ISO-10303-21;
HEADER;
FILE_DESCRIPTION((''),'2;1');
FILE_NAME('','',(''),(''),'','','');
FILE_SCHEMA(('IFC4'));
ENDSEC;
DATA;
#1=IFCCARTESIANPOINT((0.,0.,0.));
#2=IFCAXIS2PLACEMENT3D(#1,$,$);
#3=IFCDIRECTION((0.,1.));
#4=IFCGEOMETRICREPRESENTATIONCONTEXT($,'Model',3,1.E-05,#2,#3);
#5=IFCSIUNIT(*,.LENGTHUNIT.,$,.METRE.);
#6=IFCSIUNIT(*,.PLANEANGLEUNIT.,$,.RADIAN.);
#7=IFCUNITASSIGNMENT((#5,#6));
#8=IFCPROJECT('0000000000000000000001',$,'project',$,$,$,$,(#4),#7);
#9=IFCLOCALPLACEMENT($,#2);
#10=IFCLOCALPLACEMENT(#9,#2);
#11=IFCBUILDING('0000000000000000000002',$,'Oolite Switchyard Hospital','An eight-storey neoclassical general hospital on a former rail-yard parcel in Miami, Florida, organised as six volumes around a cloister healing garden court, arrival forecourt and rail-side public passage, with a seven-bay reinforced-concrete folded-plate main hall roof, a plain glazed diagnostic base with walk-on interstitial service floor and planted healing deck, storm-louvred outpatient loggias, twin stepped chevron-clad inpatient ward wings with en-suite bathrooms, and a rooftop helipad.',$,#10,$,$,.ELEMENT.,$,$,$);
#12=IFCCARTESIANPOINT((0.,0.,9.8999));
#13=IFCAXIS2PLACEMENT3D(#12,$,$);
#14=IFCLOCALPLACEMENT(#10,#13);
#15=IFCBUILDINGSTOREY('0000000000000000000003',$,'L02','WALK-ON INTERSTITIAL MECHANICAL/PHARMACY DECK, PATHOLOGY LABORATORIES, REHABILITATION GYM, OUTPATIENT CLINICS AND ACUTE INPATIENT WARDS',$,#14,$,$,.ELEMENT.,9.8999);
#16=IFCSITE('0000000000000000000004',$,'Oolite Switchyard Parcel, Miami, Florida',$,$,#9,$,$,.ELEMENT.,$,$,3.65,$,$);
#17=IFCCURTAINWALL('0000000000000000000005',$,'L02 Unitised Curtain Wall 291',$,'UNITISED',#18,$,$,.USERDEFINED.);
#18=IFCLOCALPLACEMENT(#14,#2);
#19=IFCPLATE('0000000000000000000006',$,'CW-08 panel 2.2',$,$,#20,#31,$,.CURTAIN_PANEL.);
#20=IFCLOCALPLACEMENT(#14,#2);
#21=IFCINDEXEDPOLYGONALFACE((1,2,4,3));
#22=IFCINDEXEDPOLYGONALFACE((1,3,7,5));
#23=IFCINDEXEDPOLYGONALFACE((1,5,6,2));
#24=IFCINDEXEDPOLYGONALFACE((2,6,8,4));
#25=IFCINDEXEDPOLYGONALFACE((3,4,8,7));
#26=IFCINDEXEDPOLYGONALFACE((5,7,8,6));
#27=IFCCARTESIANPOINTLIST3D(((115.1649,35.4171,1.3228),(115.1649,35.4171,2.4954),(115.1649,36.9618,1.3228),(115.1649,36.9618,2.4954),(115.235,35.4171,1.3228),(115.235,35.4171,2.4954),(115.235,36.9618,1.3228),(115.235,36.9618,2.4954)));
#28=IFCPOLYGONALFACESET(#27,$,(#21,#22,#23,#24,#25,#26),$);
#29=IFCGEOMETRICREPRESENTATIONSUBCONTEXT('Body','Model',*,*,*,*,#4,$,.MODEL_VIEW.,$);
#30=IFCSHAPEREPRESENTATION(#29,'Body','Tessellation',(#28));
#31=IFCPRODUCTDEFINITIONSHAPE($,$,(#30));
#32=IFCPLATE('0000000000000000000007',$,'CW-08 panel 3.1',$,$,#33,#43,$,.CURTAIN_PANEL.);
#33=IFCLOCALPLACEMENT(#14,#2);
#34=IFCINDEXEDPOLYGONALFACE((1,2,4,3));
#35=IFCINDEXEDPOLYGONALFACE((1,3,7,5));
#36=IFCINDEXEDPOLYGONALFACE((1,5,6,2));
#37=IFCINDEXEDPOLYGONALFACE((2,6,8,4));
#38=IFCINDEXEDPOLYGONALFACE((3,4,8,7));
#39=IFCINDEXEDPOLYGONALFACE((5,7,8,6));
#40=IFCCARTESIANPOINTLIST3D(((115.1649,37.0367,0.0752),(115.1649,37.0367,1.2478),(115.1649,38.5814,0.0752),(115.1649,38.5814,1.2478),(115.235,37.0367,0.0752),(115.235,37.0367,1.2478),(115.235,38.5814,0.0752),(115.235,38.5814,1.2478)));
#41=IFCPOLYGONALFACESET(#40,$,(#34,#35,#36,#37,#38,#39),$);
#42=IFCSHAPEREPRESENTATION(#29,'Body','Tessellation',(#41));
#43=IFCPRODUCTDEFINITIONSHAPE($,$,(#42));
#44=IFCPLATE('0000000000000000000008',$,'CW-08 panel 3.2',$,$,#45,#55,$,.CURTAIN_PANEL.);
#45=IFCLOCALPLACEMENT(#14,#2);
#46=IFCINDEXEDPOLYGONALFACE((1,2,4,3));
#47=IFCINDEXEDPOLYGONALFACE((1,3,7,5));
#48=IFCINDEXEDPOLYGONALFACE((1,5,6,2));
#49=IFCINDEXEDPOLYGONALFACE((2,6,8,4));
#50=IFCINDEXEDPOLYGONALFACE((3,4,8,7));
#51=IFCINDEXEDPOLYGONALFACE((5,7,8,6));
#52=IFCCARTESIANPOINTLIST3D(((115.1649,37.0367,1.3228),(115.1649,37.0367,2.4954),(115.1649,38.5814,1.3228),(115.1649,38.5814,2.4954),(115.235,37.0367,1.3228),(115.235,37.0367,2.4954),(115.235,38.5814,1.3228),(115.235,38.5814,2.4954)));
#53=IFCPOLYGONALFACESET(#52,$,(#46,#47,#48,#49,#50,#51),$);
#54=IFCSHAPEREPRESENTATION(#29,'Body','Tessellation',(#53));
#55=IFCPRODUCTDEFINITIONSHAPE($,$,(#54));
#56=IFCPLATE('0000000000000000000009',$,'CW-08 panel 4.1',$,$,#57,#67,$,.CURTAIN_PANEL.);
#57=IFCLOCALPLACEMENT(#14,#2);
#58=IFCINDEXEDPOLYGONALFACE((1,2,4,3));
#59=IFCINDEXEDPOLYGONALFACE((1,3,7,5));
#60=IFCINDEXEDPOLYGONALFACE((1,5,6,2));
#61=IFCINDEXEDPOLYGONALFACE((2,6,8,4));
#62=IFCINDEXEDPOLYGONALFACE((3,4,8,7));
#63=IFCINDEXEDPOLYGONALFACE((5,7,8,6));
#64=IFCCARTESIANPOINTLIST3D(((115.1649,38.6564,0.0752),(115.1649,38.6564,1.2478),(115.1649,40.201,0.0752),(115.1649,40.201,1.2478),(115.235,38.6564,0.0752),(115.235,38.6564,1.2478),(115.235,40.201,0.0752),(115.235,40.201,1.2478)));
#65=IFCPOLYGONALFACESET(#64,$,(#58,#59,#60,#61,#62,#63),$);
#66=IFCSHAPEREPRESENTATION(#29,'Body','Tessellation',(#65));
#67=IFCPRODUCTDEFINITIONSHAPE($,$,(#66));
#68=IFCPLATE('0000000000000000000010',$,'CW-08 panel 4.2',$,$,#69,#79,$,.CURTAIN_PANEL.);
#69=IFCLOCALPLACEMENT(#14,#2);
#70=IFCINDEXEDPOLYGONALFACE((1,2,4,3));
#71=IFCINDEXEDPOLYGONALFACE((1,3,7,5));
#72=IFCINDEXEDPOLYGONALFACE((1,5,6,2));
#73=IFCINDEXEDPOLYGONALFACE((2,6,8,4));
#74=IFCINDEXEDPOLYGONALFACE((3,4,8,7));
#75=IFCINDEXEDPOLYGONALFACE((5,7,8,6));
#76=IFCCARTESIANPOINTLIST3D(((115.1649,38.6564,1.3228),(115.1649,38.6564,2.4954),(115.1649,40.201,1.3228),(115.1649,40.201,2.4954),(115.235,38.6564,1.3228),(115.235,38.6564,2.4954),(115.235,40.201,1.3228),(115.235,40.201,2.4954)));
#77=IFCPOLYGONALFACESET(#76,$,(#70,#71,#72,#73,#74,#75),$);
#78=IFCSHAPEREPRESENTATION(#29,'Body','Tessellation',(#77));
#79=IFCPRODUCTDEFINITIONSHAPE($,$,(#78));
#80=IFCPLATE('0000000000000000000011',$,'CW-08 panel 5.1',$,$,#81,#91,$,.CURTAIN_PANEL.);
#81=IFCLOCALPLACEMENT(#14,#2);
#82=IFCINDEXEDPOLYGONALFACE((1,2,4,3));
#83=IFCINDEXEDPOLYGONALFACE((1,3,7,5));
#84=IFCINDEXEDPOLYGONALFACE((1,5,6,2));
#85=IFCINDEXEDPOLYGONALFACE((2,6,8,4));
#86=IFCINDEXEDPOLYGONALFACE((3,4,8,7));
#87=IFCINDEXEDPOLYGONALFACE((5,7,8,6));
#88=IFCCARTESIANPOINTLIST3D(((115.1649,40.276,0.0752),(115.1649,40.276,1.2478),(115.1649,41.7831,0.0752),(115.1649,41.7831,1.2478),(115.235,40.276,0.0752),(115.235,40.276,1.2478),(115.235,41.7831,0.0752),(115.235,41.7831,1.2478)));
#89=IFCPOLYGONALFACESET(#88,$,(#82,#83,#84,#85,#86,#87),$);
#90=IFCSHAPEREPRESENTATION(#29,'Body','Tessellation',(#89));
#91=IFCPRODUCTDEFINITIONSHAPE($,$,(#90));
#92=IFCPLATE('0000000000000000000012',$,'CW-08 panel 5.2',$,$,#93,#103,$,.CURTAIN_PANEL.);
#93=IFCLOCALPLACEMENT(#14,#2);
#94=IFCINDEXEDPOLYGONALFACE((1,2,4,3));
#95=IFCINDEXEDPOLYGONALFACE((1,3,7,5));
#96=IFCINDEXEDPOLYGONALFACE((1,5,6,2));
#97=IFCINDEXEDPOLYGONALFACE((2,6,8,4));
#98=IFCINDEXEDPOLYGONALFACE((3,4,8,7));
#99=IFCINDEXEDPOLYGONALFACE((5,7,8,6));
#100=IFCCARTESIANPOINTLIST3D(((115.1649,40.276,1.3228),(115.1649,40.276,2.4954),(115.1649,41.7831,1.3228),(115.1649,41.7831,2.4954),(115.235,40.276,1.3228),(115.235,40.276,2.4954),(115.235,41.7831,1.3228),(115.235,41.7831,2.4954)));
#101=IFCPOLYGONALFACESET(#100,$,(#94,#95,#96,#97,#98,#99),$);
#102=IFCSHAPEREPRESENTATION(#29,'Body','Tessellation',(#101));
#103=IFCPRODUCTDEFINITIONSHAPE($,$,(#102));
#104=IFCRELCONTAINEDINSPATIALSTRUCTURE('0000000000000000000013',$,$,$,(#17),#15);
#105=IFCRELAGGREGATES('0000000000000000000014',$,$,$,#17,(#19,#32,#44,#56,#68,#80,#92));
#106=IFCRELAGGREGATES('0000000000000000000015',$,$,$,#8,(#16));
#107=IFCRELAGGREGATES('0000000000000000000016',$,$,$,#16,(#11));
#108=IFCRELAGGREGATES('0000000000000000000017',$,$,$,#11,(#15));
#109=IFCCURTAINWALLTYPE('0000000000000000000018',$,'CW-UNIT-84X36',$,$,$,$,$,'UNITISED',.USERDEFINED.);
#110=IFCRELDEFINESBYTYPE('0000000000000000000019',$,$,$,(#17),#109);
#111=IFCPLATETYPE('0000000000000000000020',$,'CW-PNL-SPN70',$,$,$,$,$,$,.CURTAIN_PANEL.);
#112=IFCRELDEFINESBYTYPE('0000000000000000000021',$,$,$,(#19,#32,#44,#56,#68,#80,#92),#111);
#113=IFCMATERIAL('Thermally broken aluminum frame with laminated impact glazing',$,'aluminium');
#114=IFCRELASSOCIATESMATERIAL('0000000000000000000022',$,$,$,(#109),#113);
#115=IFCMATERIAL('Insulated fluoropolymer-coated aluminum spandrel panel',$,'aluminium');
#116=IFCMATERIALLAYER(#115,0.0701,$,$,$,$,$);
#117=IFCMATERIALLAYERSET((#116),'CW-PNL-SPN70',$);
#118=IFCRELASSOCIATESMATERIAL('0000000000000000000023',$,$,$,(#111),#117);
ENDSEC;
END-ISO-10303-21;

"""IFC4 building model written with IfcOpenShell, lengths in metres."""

from ifc_helpers import new_model, si_unit, direction, frame, origin, origin_2d, place, context, subcontext, project, spatial, rectangle, extrude, material, layer, layer_set, type_object, element, aggregate, save


model = new_model("IFC4")

# Units and contexts
model_context = context("Model", 3, precision=1e-05, world=origin(), true_north=direction((0.0, 1.0)))
body_context = subcontext(model_context, "Body", "Model", "MODEL_VIEW")
ifc_project = project(units=[si_unit("LENGTHUNIT", "METRE"), si_unit("PLANEANGLEUNIT", "RADIAN")], contexts=[model_context])

# Site, building, storey
site_placement = place(None, origin())
site = spatial("IfcSite", under=ifc_project, at=site_placement, Name="Oolite Switchyard Parcel, Miami, Florida", CompositionType="ELEMENT", RefElevation=3.65)
building_placement = place(site_placement, origin())
building = spatial("IfcBuilding", under=site, at=building_placement, Name="Oolite Switchyard Hospital", Description="An eight-storey neoclassical general hospital on a former rail-yard parcel in Miami, Florida, organised as six volumes around a cloister healing garden court, arrival forecourt and rail-side public passage, with a seven-bay reinforced-concrete folded-plate main hall roof, a plain glazed diagnostic base with walk-on interstitial service floor and planted healing deck, storm-louvred outpatient loggias, twin stepped chevron-clad inpatient ward wings with en-suite bathrooms, and a rooftop helipad.", CompositionType="ELEMENT")
storey_placement = place(building_placement, frame((0.0, 0.0, 9.8999)))
storey = spatial("IfcBuildingStorey", under=building, at=storey_placement, Name="L02", Description="WALK-ON INTERSTITIAL MECHANICAL/PHARMACY DECK, PATHOLOGY LABORATORIES, REHABILITATION GYM, OUTPATIENT CLINICS AND ACUTE INPATIENT WARDS", CompositionType="ELEMENT", Elevation=9.8999)

# Curtain wall, plates
ifc_material_1 = material(Name="Thermally broken aluminum frame with laminated impact glazing", Category="aluminium")
curtain_wall_type = type_object("IfcCurtainWallType", Name="CW-UNIT-84X36", ElementType="UNITISED", PredefinedType="USERDEFINED", material=ifc_material_1)
curtain_wall_placement = place(storey_placement, origin())
curtain_wall = element("IfcCurtainWall", 1, at=curtain_wall_placement, inside=storey, type_object=curtain_wall_type, Name="L02 Unitised Curtain Wall 291", ObjectType="UNITISED", PredefinedType="USERDEFINED")
ifc_material_2 = material(Name="Insulated fluoropolymer-coated aluminum spandrel panel", Category="aluminium")
ifc_layer = layer(ifc_material_2, 0.0701)
ifc_layer_set = layer_set([ifc_layer], Name="CW-PNL-SPN70")
plate_type = type_object("IfcPlateType", Name="CW-PNL-SPN70", PredefinedType="CURTAIN_PANEL", material=ifc_layer_set)
plate_1_placement = place(storey_placement, frame((115.2, 36.1895, 1.3228), z_axis=(0.0, 0.0, 1.0), x_axis=(0.0, 1.0, 0.0)))
plate_1 = element("IfcPlate", 2, at=plate_1_placement, type_object=plate_type, Name="CW-08 panel 2.2", PredefinedType="CURTAIN_PANEL", context=body_context, shape_type="SweptSolid", body=[
    extrude(rectangle(XDim=1.5447, YDim=0.0701, at=origin_2d()), origin(), (0.0, 0.0, 1.0), 1.1726),
])
plate_2_placement = place(storey_placement, frame((115.2, 37.8091, 0.0752), z_axis=(0.0, 0.0, 1.0), x_axis=(0.0, 1.0, 0.0)))
plate_2 = element("IfcPlate", 3, at=plate_2_placement, type_object=plate_type, Name="CW-08 panel 3.1", PredefinedType="CURTAIN_PANEL", context=body_context, shape_type="SweptSolid", body=[
    extrude(rectangle(XDim=1.5447, YDim=0.0701, at=origin_2d()), origin(), (0.0, 0.0, 1.0), 1.1726),
])
plate_3_placement = place(storey_placement, frame((115.2, 37.8091, 1.3228), z_axis=(0.0, 0.0, 1.0), x_axis=(0.0, 1.0, 0.0)))
plate_3 = element("IfcPlate", 4, at=plate_3_placement, type_object=plate_type, Name="CW-08 panel 3.2", PredefinedType="CURTAIN_PANEL", context=body_context, shape_type="SweptSolid", body=[
    extrude(rectangle(XDim=1.5447, YDim=0.0701, at=origin_2d()), origin(), (0.0, 0.0, 1.0), 1.1726),
])
plate_4_placement = place(storey_placement, frame((115.2, 39.4287, 0.0752), z_axis=(0.0, 0.0, 1.0), x_axis=(0.0, 1.0, 0.0)))
plate_4 = element("IfcPlate", 5, at=plate_4_placement, type_object=plate_type, Name="CW-08 panel 4.1", PredefinedType="CURTAIN_PANEL", context=body_context, shape_type="SweptSolid", body=[
    extrude(rectangle(XDim=1.5447, YDim=0.0701, at=origin_2d()), origin(), (0.0, 0.0, 1.0), 1.1726),
])
plate_5_placement = place(storey_placement, frame((115.2, 39.4287, 1.3228), z_axis=(0.0, 0.0, 1.0), x_axis=(0.0, 1.0, 0.0)))
plate_5 = element("IfcPlate", 6, at=plate_5_placement, type_object=plate_type, Name="CW-08 panel 4.2", PredefinedType="CURTAIN_PANEL", context=body_context, shape_type="SweptSolid", body=[
    extrude(rectangle(XDim=1.5447, YDim=0.0701, at=origin_2d()), origin(), (0.0, 0.0, 1.0), 1.1726),
])
plate_6_placement = place(storey_placement, frame((115.2, 41.0295, 0.0752), z_axis=(0.0, 0.0, 1.0), x_axis=(0.0, 1.0, 0.0)))
plate_6 = element("IfcPlate", 7, at=plate_6_placement, type_object=plate_type, Name="CW-08 panel 5.1", PredefinedType="CURTAIN_PANEL", context=body_context, shape_type="SweptSolid", body=[
    extrude(rectangle(XDim=1.5071, YDim=0.0701, at=origin_2d()), origin(), (0.0, 0.0, 1.0), 1.1726),
])
plate_7_placement = place(storey_placement, frame((115.2, 41.0295, 1.3228), z_axis=(0.0, 0.0, 1.0), x_axis=(0.0, 1.0, 0.0)))
plate_7 = element("IfcPlate", 8, at=plate_7_placement, type_object=plate_type, Name="CW-08 panel 5.2", PredefinedType="CURTAIN_PANEL", context=body_context, shape_type="SweptSolid", body=[
    extrude(rectangle(XDim=1.5071, YDim=0.0701, at=origin_2d()), origin(), (0.0, 0.0, 1.0), 1.1726),
])
aggregate(curtain_wall, [plate_1, plate_2, plate_3, plate_4, plate_5, plate_6, plate_7])

save(model, "model.ifc")
